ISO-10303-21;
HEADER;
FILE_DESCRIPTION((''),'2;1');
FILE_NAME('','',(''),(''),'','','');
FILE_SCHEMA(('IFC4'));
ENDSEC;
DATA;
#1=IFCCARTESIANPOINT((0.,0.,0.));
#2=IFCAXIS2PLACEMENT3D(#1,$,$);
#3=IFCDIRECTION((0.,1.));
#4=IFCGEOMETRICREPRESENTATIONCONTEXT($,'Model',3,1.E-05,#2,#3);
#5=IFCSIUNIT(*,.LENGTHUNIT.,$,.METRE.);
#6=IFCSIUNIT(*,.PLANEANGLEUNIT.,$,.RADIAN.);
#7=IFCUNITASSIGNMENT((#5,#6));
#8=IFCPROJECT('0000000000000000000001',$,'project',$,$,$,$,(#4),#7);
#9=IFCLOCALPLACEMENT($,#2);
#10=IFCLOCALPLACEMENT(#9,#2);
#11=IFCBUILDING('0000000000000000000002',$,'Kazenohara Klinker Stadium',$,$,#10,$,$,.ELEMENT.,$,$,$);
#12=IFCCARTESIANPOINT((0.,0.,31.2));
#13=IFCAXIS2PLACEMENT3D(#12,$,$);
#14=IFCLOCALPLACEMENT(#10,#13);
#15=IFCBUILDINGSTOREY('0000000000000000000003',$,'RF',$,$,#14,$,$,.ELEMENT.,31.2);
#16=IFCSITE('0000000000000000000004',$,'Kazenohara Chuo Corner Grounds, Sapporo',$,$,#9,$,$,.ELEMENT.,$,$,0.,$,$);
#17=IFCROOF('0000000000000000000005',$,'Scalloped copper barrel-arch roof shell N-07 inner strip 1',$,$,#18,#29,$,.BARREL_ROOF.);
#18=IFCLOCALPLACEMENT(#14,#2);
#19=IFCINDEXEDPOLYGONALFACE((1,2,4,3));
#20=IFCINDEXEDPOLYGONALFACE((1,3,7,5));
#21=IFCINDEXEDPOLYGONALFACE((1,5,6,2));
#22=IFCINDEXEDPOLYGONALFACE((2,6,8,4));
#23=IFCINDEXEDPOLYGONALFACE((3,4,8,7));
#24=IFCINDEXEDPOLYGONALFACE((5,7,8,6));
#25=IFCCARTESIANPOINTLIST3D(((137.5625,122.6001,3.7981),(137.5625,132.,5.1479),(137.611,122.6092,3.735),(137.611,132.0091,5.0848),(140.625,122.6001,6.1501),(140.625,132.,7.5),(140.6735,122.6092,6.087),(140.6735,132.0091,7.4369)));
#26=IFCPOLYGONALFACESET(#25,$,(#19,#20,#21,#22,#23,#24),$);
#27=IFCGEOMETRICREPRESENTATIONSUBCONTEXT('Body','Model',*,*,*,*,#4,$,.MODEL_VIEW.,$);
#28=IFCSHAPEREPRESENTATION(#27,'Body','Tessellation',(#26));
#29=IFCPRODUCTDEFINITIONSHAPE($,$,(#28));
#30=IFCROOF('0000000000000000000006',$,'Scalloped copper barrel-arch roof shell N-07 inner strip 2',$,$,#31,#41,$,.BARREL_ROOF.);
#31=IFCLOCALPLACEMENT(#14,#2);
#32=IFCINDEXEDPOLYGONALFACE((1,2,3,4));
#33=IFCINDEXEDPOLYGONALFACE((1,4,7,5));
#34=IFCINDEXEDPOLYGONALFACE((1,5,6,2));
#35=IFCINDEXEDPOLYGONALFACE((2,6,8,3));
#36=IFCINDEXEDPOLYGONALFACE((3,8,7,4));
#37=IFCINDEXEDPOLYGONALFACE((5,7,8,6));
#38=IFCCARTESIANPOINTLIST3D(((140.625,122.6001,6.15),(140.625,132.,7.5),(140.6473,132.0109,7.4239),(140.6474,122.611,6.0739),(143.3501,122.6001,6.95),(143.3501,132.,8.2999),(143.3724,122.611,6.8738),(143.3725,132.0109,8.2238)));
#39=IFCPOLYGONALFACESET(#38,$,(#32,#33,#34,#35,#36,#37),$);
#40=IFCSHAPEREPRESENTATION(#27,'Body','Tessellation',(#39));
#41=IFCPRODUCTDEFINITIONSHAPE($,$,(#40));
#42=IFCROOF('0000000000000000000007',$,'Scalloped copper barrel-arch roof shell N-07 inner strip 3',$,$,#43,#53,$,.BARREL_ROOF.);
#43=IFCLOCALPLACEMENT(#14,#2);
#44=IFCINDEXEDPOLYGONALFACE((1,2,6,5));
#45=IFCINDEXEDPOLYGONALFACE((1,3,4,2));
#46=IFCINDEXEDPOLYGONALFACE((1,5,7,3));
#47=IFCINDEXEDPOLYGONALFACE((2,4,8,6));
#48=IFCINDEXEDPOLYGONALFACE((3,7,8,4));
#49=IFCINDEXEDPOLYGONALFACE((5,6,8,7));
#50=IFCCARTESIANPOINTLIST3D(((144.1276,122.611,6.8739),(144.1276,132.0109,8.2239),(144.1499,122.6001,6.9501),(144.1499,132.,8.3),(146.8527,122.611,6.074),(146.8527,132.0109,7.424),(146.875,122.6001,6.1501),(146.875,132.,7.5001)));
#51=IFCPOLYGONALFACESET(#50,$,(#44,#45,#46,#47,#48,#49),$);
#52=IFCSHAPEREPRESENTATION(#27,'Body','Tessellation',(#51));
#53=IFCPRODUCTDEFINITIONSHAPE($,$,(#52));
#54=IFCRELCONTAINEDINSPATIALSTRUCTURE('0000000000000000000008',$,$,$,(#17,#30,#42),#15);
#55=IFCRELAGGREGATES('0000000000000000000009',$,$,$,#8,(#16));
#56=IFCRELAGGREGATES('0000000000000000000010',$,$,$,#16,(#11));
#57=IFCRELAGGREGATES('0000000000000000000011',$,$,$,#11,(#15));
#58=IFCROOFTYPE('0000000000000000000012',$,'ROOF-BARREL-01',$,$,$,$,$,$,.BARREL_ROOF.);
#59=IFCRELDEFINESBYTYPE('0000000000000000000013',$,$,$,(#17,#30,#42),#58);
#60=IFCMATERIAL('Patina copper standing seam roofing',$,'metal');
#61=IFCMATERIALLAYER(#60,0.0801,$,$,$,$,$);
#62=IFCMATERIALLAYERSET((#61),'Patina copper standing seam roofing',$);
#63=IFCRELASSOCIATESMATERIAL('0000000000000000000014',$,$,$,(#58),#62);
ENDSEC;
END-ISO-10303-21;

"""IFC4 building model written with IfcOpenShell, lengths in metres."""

from ifc_helpers import new_model, si_unit, direction, frame, origin, place, context, subcontext, project, spatial, polyline, outline, extrude, material, layer, layer_set, type_object, element, save


model = new_model("IFC4")

# Units and contexts
model_context = context("Model", 3, precision=1e-05, world=origin(), true_north=direction((0.0, 1.0)))
body_context = subcontext(model_context, "Body", "Model", "MODEL_VIEW")
ifc_project = project(units=[si_unit("LENGTHUNIT", "METRE"), si_unit("PLANEANGLEUNIT", "RADIAN")], contexts=[model_context])

# Site, building, storey
site_placement = place(None, origin())
site = spatial("IfcSite", under=ifc_project, at=site_placement, Name="Kazenohara Chuo Corner Grounds, Sapporo", CompositionType="ELEMENT", RefElevation=0.0)
building_placement = place(site_placement, origin())
building = spatial("IfcBuilding", under=site, at=building_placement, Name="Kazenohara Klinker Stadium", CompositionType="ELEMENT")
storey_placement = place(building_placement, frame((0.0, 0.0, 31.2)))
storey = spatial("IfcBuildingStorey", under=building, at=storey_placement, Name="RF", CompositionType="ELEMENT", Elevation=31.2)

# Roofs
ifc_material_1 = material(Name="Patina copper standing seam roofing", Category="metal")
ifc_layer_1 = layer(ifc_material_1, 0.0801)
ifc_layer_set_1 = layer_set([ifc_layer_1], Name="Patina copper standing seam roofing")
roof_type = type_object("IfcRoofType", Name="ROOF-BARREL-01", PredefinedType="BARREL_ROOF", material=ifc_layer_set_1)
roof_1_placement = place(storey_placement, frame((137.5625, 132.0, 5.1479), z_axis=(-0.605193, -0.113158, 0.787995), x_axis=(0.0, -0.989846, -0.142145)))
element("IfcRoof", 1, at=roof_1_placement, inside=storey, type_object=roof_type, Name="Scalloped copper barrel-arch roof shell N-07 inner strip 1", PredefinedType="BARREL_ROOF", context=body_context, shape_type="SweptSolid", body=[
    extrude(outline(polyline([(0.0, 0.0), (9.4963, 0.0), (9.162, 3.847), (-0.3343, 3.847), (0.0, 0.0)])), origin(), (0.0, 0.0, -1.0), 0.0801),
])
roof_2_placement = place(storey_placement, frame((140.625, 132.0, 7.5), z_axis=(-0.27902, -0.136512, 0.950533), x_axis=(0.000003, -0.989844, -0.142156)))
element("IfcRoof", 2, at=roof_2_placement, inside=storey, type_object=roof_type, Name="Scalloped copper barrel-arch roof shell N-07 inner strip 2", PredefinedType="BARREL_ROOF", context=body_context, shape_type="SweptSolid", body=[
    extrude(outline(polyline([(0.0, 0.0), (9.4963, 0.0), (9.3826, 2.8378), (-0.1137, 2.8378), (0.0, 0.0)])), origin(), (0.0, 0.0, -1.0), 0.0801),
])
roof_3_placement = place(storey_placement, frame((144.1499, 132.0, 8.3), z_axis=(0.27902, -0.136512, 0.950533), x_axis=(0.000003, -0.989844, -0.142158)))
element("IfcRoof", 3, at=roof_3_placement, inside=storey, type_object=roof_type, Name="Scalloped copper barrel-arch roof shell N-07 inner strip 3", PredefinedType="BARREL_ROOF", context=body_context, shape_type="SweptSolid", body=[
    extrude(outline(polyline([(0.0, 0.0), (9.4964, 0.0), (9.6101, 2.8378), (0.1137, 2.8378), (0.0, 0.0)])), origin(), (0.0, 0.0, -1.0), 0.0801),
])

save(model, "model.ifc")
